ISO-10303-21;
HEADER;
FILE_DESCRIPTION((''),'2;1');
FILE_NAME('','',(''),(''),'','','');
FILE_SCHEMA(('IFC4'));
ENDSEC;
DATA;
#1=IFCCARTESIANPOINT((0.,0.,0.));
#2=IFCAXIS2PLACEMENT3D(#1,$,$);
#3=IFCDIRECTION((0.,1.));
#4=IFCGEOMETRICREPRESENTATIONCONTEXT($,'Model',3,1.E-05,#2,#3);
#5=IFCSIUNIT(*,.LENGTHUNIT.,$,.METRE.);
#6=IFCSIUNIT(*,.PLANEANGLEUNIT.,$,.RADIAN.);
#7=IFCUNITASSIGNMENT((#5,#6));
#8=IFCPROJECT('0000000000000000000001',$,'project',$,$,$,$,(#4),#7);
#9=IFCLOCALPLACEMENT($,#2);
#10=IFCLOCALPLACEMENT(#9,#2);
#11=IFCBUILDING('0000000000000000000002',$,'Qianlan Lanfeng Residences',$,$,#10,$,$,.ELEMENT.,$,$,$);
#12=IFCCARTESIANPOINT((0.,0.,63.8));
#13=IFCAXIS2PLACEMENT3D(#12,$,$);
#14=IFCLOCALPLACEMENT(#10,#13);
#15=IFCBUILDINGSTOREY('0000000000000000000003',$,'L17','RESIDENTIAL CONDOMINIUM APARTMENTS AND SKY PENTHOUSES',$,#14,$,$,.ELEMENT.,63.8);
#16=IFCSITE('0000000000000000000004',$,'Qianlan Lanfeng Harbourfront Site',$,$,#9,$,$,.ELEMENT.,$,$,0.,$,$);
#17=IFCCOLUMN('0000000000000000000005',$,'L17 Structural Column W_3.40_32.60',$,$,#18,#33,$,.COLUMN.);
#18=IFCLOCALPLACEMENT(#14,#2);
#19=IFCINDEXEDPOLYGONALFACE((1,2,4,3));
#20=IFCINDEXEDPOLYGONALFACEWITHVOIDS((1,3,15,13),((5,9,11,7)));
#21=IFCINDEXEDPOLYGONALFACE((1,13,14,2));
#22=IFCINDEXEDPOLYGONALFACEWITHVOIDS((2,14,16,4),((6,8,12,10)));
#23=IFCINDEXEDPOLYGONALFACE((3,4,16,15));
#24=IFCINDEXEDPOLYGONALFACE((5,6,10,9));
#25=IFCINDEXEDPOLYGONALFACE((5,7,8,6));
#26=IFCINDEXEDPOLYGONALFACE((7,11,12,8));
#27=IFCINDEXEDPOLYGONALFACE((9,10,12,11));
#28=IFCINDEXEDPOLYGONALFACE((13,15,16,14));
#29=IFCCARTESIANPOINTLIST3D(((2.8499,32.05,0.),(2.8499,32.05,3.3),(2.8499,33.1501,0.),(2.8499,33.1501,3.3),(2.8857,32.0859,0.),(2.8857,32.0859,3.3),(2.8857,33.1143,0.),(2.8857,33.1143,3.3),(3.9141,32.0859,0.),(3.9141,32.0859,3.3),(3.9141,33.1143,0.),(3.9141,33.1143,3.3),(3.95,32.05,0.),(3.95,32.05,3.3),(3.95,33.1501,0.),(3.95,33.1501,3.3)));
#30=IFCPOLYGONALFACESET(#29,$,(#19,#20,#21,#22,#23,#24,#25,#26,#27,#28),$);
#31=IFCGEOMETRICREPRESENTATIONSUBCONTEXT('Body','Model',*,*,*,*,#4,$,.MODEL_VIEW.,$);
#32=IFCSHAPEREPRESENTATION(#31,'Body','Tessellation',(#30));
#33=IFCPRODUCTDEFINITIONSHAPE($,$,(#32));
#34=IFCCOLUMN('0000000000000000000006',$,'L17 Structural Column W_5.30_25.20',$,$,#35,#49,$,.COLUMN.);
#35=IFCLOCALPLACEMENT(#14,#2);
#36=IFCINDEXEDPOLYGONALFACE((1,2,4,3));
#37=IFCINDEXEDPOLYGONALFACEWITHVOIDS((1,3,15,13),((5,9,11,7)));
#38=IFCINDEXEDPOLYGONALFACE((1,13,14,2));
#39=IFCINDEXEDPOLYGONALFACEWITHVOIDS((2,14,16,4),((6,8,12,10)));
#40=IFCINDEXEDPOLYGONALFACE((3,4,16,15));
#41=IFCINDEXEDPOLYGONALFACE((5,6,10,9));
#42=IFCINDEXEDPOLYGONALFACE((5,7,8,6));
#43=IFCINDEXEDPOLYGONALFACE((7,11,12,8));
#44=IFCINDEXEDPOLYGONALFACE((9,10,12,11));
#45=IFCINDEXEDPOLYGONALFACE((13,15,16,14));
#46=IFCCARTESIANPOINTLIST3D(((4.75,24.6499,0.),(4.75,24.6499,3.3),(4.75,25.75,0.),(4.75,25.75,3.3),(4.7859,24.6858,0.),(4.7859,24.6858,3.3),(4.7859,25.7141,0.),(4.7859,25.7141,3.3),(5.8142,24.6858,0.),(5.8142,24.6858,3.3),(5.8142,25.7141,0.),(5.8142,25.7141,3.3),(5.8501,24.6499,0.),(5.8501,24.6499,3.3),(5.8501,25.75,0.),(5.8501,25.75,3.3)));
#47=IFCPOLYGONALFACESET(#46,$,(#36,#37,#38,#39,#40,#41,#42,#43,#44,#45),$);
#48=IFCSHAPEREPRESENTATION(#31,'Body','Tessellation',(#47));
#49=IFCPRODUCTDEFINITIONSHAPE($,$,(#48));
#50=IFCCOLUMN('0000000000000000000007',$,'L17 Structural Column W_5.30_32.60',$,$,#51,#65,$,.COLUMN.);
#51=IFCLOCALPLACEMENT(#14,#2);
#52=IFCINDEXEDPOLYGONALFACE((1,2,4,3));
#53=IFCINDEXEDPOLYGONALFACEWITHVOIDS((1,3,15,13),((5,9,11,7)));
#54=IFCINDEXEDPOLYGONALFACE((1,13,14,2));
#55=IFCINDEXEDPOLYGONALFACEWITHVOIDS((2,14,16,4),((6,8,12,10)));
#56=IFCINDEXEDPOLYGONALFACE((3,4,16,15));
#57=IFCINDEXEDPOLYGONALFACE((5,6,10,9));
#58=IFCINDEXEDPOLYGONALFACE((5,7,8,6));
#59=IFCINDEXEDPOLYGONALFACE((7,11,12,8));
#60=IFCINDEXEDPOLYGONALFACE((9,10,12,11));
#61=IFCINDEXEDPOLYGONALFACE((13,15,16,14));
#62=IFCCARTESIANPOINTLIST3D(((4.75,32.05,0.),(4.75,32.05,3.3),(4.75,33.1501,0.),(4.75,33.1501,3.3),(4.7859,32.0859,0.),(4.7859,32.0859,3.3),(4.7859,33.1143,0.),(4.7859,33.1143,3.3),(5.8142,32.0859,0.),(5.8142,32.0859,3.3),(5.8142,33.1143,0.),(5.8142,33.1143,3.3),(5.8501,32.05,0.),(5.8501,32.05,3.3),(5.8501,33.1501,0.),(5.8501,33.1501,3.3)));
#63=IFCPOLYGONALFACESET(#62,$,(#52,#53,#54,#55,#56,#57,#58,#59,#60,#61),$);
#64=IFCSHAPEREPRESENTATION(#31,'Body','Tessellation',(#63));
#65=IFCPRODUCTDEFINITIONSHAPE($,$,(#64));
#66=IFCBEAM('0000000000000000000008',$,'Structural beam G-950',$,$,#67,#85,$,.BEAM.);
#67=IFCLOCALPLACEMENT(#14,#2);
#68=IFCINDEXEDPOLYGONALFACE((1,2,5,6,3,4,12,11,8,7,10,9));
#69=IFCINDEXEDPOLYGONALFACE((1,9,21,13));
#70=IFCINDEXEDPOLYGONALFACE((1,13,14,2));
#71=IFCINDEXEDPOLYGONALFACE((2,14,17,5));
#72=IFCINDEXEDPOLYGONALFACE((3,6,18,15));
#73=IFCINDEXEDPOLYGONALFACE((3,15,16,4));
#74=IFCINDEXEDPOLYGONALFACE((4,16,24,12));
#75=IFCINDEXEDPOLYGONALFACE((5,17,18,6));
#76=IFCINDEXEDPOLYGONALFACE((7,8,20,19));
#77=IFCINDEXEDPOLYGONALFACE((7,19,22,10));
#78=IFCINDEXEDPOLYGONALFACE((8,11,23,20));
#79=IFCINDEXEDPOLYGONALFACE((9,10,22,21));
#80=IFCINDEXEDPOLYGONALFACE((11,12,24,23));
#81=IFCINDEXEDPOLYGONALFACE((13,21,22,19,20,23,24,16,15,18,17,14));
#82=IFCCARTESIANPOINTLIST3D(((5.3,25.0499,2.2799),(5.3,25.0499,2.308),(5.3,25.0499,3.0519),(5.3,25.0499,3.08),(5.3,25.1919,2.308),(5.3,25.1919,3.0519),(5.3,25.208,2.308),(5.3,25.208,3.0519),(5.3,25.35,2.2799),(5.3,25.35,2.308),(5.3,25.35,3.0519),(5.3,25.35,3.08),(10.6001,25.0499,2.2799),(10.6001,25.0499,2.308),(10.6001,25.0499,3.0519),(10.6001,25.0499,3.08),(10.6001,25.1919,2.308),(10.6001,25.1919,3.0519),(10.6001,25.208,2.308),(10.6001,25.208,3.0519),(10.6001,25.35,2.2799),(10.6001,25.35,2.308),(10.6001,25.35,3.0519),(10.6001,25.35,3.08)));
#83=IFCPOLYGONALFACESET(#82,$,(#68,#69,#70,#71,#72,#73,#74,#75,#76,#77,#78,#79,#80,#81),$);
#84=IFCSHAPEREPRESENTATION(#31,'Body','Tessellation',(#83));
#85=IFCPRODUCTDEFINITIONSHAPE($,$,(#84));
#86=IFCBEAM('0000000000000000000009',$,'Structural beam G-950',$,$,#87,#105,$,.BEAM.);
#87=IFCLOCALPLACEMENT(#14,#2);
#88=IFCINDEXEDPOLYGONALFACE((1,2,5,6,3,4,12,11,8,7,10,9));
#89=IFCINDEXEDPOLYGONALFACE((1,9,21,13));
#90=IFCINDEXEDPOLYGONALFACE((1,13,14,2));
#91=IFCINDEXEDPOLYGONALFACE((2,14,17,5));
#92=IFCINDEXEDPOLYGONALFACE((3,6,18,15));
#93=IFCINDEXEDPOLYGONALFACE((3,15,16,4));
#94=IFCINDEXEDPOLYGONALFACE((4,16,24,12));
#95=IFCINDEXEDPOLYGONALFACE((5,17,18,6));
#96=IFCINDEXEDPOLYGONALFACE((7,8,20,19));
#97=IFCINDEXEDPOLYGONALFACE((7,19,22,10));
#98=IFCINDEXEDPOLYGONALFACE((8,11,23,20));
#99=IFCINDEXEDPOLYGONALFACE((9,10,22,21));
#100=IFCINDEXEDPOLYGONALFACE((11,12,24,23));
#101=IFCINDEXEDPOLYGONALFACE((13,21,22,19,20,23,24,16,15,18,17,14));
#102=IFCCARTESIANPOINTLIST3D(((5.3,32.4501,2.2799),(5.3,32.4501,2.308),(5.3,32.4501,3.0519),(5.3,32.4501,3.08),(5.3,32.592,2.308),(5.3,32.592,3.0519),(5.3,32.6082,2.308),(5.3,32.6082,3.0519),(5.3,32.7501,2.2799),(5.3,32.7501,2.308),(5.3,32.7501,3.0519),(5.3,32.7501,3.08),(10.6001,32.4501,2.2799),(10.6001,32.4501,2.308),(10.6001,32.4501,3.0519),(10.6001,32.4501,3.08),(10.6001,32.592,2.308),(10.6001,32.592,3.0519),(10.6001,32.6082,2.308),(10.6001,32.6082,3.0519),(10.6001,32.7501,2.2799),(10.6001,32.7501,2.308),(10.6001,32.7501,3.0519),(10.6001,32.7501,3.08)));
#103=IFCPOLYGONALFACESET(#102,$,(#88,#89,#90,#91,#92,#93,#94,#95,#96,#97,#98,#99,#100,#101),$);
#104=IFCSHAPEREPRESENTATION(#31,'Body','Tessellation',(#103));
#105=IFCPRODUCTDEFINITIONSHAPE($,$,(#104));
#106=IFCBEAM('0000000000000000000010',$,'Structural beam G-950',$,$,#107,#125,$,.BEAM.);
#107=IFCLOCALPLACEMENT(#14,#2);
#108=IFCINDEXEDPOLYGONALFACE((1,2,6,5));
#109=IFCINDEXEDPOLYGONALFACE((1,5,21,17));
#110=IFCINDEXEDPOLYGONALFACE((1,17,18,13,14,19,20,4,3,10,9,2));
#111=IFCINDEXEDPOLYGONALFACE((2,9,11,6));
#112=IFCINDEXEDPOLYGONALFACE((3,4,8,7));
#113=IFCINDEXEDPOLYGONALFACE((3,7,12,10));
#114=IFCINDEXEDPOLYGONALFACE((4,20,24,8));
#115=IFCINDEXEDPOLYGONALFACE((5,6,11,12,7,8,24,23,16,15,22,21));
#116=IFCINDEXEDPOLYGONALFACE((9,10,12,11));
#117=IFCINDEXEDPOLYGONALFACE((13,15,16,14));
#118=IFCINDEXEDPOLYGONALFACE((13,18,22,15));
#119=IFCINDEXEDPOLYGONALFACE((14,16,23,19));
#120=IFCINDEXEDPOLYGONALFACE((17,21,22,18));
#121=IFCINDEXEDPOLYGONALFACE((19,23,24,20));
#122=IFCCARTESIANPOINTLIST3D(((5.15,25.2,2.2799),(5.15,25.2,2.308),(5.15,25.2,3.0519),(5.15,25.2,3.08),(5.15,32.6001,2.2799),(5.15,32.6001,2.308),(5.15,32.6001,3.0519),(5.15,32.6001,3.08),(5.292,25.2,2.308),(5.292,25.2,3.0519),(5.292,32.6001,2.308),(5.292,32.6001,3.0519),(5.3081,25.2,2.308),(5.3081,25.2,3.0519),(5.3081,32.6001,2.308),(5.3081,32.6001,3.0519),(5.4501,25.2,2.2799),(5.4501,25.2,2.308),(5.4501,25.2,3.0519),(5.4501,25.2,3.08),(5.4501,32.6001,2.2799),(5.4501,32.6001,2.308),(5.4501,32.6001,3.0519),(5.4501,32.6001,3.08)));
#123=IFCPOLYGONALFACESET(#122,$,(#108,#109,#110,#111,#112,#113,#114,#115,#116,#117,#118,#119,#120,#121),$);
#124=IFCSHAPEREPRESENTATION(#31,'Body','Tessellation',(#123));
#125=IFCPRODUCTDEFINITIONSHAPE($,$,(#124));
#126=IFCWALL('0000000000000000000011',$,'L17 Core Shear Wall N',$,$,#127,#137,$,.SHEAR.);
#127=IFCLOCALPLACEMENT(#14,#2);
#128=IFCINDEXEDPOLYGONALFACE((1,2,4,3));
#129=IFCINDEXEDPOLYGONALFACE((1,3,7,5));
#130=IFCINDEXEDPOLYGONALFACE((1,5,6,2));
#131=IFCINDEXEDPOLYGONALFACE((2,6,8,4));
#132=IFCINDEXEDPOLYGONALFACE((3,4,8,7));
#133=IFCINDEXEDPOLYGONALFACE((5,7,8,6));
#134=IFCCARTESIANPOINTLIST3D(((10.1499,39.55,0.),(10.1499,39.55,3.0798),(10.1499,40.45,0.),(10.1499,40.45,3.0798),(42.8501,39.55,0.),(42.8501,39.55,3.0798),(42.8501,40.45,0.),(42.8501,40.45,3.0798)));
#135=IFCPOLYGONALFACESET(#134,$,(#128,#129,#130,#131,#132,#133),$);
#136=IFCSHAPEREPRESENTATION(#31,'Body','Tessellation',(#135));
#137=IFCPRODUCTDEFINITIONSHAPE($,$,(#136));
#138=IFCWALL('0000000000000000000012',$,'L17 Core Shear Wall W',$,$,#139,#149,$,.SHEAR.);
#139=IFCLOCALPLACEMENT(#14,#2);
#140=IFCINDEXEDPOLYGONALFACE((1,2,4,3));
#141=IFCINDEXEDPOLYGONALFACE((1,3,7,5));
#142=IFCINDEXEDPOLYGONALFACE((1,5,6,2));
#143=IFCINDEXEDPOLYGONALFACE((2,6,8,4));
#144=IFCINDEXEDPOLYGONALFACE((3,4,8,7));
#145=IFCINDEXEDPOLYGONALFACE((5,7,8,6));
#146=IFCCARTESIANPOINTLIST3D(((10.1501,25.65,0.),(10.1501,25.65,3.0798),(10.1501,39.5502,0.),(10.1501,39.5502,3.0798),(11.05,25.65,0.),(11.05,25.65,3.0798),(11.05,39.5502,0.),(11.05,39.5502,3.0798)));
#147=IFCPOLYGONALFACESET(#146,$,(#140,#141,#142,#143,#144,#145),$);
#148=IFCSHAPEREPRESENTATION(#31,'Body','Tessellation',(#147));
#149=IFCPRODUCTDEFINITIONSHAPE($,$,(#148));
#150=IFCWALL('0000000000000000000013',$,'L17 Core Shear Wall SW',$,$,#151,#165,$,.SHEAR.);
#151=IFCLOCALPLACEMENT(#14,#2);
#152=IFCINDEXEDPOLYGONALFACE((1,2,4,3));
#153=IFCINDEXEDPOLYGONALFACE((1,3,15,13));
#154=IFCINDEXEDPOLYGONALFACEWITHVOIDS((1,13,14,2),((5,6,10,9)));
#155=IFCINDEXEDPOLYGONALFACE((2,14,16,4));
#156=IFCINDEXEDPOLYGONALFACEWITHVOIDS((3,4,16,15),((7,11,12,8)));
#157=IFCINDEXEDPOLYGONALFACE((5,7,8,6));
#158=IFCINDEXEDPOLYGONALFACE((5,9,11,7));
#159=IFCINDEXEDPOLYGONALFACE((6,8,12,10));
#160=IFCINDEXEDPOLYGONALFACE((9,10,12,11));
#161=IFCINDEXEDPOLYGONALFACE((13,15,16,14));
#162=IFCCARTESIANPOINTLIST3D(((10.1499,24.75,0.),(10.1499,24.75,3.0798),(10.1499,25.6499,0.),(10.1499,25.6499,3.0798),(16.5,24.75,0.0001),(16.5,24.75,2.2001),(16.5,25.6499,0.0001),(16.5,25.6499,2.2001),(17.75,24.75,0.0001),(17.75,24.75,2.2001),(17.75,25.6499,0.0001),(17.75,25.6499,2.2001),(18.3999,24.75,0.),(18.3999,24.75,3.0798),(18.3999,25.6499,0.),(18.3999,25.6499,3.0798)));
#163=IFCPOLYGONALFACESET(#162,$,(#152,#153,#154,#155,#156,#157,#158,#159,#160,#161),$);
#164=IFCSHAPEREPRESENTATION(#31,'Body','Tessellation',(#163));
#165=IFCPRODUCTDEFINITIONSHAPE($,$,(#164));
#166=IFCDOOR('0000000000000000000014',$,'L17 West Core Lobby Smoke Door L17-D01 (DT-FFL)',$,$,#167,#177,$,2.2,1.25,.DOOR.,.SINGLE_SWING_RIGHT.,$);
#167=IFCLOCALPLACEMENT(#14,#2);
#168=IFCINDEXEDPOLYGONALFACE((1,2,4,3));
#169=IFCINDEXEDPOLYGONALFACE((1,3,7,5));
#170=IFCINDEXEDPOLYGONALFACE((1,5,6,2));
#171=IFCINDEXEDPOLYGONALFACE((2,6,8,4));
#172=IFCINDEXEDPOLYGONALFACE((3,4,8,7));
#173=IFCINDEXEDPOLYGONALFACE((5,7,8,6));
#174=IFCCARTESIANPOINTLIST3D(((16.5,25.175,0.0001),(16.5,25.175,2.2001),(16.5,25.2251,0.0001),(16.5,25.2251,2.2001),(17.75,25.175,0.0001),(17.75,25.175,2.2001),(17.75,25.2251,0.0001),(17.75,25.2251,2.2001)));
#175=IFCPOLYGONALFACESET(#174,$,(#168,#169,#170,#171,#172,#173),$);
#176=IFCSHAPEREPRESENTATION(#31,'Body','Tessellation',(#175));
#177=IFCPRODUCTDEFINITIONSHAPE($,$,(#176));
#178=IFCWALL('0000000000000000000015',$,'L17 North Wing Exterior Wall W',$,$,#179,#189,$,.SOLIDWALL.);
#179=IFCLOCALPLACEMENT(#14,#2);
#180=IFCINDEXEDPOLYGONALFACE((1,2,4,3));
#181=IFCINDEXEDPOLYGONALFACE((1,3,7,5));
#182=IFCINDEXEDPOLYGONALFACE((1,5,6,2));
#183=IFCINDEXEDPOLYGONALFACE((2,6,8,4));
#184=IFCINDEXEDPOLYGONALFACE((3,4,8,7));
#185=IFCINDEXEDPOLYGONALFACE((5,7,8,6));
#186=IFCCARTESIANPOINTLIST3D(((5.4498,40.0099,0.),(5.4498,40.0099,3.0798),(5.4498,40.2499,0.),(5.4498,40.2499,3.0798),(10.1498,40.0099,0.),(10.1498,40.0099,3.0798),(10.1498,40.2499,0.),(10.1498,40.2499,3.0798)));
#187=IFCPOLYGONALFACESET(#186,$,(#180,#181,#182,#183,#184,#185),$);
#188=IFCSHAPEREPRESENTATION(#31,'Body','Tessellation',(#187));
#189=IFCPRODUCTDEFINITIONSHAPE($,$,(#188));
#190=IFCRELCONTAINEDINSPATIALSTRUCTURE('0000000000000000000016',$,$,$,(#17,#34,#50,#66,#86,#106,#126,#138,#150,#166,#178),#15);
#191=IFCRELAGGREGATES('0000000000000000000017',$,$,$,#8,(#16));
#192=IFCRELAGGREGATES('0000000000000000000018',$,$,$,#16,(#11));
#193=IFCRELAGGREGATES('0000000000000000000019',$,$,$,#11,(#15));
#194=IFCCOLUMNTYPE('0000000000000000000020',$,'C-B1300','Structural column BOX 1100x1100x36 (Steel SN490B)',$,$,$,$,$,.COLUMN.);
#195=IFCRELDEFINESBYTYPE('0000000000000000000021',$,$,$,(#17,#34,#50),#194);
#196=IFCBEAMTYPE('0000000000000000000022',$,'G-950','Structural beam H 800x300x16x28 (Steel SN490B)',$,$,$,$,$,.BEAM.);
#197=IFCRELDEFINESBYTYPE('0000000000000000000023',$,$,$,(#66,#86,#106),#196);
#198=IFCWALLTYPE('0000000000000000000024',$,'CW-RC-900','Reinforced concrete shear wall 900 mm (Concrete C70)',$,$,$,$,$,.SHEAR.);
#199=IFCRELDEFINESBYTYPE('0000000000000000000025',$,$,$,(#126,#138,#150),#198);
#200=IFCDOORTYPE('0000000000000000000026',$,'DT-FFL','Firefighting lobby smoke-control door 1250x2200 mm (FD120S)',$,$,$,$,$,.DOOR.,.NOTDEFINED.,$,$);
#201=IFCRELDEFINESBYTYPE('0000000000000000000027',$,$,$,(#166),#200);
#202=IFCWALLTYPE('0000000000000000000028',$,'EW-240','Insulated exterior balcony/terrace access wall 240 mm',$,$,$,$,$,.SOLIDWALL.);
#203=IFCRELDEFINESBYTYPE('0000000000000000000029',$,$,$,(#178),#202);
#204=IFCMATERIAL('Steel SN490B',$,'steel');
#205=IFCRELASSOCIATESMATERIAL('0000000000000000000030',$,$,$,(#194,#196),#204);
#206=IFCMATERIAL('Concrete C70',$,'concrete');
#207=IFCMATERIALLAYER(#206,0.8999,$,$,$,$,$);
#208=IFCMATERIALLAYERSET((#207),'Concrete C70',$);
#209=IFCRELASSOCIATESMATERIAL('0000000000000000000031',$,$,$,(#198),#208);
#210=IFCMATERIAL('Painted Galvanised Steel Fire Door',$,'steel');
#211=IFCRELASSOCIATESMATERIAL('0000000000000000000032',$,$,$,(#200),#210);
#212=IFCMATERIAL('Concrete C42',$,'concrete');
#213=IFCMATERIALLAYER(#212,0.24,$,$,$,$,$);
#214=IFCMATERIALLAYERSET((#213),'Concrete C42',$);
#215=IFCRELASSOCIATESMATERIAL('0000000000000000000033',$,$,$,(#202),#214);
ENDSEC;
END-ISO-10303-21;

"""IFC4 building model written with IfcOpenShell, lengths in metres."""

from ifc_helpers import new_model, si_unit, direction, frame, frame_2d, origin, origin_2d, place, context, subcontext, project, spatial, rectangle, hollow_rectangle, i_section, extrude, material, layer, layer_set, material_profile, profile_set, type_object, element, fill, save


model = new_model("IFC4")

# Units and contexts
model_context = context("Model", 3, precision=1e-05, world=origin(), true_north=direction((0.0, 1.0)))
body_context = subcontext(model_context, "Body", "Model", "MODEL_VIEW")
ifc_project = project(units=[si_unit("LENGTHUNIT", "METRE"), si_unit("PLANEANGLEUNIT", "RADIAN")], contexts=[model_context])

# Site, building, storey
site_placement = place(None, origin())
site = spatial("IfcSite", under=ifc_project, at=site_placement, Name="Qianlan Lanfeng Harbourfront Site", CompositionType="ELEMENT", RefElevation=0.0)
building_placement = place(site_placement, origin())
building = spatial("IfcBuilding", under=site, at=building_placement, Name="Qianlan Lanfeng Residences", CompositionType="ELEMENT")
storey_placement = place(building_placement, frame((0.0, 0.0, 63.8)))
storey = spatial("IfcBuildingStorey", under=building, at=storey_placement, Name="L17", Description="RESIDENTIAL CONDOMINIUM APARTMENTS AND SKY PENTHOUSES", CompositionType="ELEMENT", Elevation=63.8)

# Columns
ifc_material_1 = material(Name="Steel SN490B", Category="steel")
ifc_material_profile_1 = material_profile(ifc_material_1, hollow_rectangle(XDim=1.1001, YDim=1.1001, WallThickness=0.0359, at=origin_2d()), Name="BOX 1100x1100x36")
ifc_profile_set_1 = profile_set([ifc_material_profile_1], Name="Steel SN490B")
column_type = type_object("IfcColumnType", Name="C-B1300", Description="Structural column BOX 1100x1100x36 (Steel SN490B)", PredefinedType="COLUMN", material=ifc_profile_set_1)
for number, where, z_axis, x_axis, name in (
    (1, (3.3999, 32.6001, 0.0), (0.0, 0.0, 1.0), (1.0, 0.0, 0.0), "L17 Structural Column W_3.40_32.60"),
    (2, (5.3, 25.2, 0.0), (0.0, 0.0, 1.0), (1.0, 0.0, 0.0), "L17 Structural Column W_5.30_25.20"),
    (3, (5.3, 32.6001, 0.0), (0.0, 0.0, 1.0), (1.0, 0.0, 0.0), "L17 Structural Column W_5.30_32.60"),
):
    element("IfcColumn", number, at=place(storey_placement, frame(where, z_axis=z_axis, x_axis=x_axis)), inside=storey, type_object=column_type, Name=name, PredefinedType="COLUMN", context=body_context, shape_type="SweptSolid", body=[
        extrude(hollow_rectangle(XDim=1.1001, YDim=1.1001, WallThickness=0.0359, at=origin_2d()), origin(), (0.0, 0.0, 1.0), 3.3),
    ])

# Beams
ifc_material_profile_2 = material_profile(ifc_material_1, i_section(OverallWidth=0.3, OverallDepth=0.8, WebThickness=0.0161, FlangeThickness=0.0281, at=origin_2d()), Name="H 800x300x16x28")
ifc_profile_set_2 = profile_set([ifc_material_profile_2], Name="Steel SN490B")
beam_type = type_object("IfcBeamType", Name="G-950", Description="Structural beam H 800x300x16x28 (Steel SN490B)", PredefinedType="BEAM", material=ifc_profile_set_2)
for number, where, z_axis, x_axis, name in (
    (4, (5.3, 25.2, 2.6799), (1.0, 0.0, 0.0), (0.0, 1.0, 0.0), "Structural beam G-950"),
    (5, (5.3, 32.6001, 2.6799), (1.0, 0.0, 0.0), (0.0, 1.0, 0.0), "Structural beam G-950"),
):
    element("IfcBeam", number, at=place(storey_placement, frame(where, z_axis=z_axis, x_axis=x_axis)), inside=storey, type_object=beam_type, Name=name, PredefinedType="BEAM", context=body_context, shape_type="SweptSolid", body=[
        extrude(i_section(OverallWidth=0.3, OverallDepth=0.8, WebThickness=0.0161, FlangeThickness=0.0281, at=origin_2d()), origin(), (0.0, 0.0, 1.0), 5.3),
    ])
beam_placement = place(storey_placement, frame((5.3, 25.2, 2.6799), z_axis=(0.0, 1.0, 0.0), x_axis=(-1.0, 0.0, 0.0)))
element("IfcBeam", 6, at=beam_placement, inside=storey, type_object=beam_type, Name="Structural beam G-950", PredefinedType="BEAM", context=body_context, shape_type="SweptSolid", body=[
    extrude(i_section(OverallWidth=0.3, OverallDepth=0.8, WebThickness=0.0161, FlangeThickness=0.0281, at=origin_2d()), origin(), (0.0, 0.0, 1.0), 7.4001),
])

# Walls
ifc_material_2 = material(Name="Concrete C70", Category="concrete")
ifc_layer_1 = layer(ifc_material_2, 0.8999)
ifc_layer_set_1 = layer_set([ifc_layer_1], Name="Concrete C70")
wall_type_1 = type_object("IfcWallType", Name="CW-RC-900", Description="Reinforced concrete shear wall 900 mm (Concrete C70)", PredefinedType="SHEAR", material=ifc_layer_set_1)
wall_1_placement = place(storey_placement, frame((10.1499, 40.0, 0.0), z_axis=(0.0, 0.0, 1.0), x_axis=(1.0, 0.0, 0.0)))
element("IfcWall", 7, at=wall_1_placement, inside=storey, type_object=wall_type_1, Name="L17 Core Shear Wall N", PredefinedType="SHEAR", context=body_context, shape_type="SweptSolid", body=[
    extrude(rectangle(XDim=32.7002, YDim=0.8999, at=frame_2d((16.3501, 0.0))), origin(), (0.0, 0.0, 1.0), 3.0798),
])
wall_2_placement = place(storey_placement, frame((10.6001, 25.6499, 0.0), z_axis=(0.0, 0.0, 1.0), x_axis=(0.0, 1.0, 0.0)))
element("IfcWall", 8, at=wall_2_placement, inside=storey, type_object=wall_type_1, Name="L17 Core Shear Wall W", PredefinedType="SHEAR", context=body_context, shape_type="SweptSolid", body=[
    extrude(rectangle(XDim=13.9001, YDim=0.8999, at=frame_2d((6.9502, 0.0))), origin(), (0.0, 0.0, 1.0), 3.0798),
])

# Wall, opening, door
wall_3_placement = place(storey_placement, frame((10.1499, 25.2, 0.0), z_axis=(0.0, 0.0, 1.0), x_axis=(1.0, 0.0, 0.0)))
wall_3 = element("IfcWall", 9, at=wall_3_placement, inside=storey, type_object=wall_type_1, Name="L17 Core Shear Wall SW", PredefinedType="SHEAR", context=body_context, shape_type="SweptSolid", body=[
    extrude(rectangle(XDim=8.25, YDim=0.8999, at=frame_2d((4.125, 0.0))), origin(), (0.0, 0.0, 1.0), 3.0798),
])
opening_1_placement = place(wall_3_placement, frame((6.3501, 0.0, 0.0)))
opening_1 = element("IfcOpeningElement", 10, at=opening_1_placement, cuts=wall_3, PredefinedType="OPENING", context=body_context, shape_type="SweptSolid", body=[
    extrude(rectangle(XDim=1.25, YDim=2.2, at=frame_2d((0.625, 1.1001))), frame((0.0, 0.46, 0.0), z_axis=(0.0, -1.0, 0.0), x_axis=(1.0, 0.0, 0.0)), (0.0, 0.0, 1.0), 0.9199),
])
ifc_material_3 = material(Name="Painted Galvanised Steel Fire Door", Category="steel")
door_type_1 = type_object("IfcDoorType", Name="DT-FFL", Description="Firefighting lobby smoke-control door 1250x2200 mm (FD120S)", OperationType="NOTDEFINED", PredefinedType="DOOR", material=ifc_material_3)
door_1_placement = place(opening_1_placement, frame((1.25, 0.0, 0.0), z_axis=(0.0, 0.0, 1.0), x_axis=(-1.0, 0.0, 0.0)))
door_1 = element("IfcDoor", 11, at=door_1_placement, inside=storey, type_object=door_type_1, Name="L17 West Core Lobby Smoke Door L17-D01 (DT-FFL)", OperationType="SINGLE_SWING_RIGHT", OverallHeight=2.2, OverallWidth=1.25, PredefinedType="DOOR", context=body_context, shape_type="SweptSolid", body=[
    extrude(rectangle(XDim=1.25, YDim=2.2, at=frame_2d((0.625, 1.1001))), frame((0.0, 0.0249, 0.0), z_axis=(0.0, -1.0, 0.0), x_axis=(1.0, 0.0, 0.0)), (0.0, 0.0, 1.0), 0.05),
])
fill(opening_1, door_1)

# Wall
ifc_material_4 = material(Name="Concrete C42", Category="concrete")
ifc_layer_2 = layer(ifc_material_4, 0.24)
ifc_layer_set_2 = layer_set([ifc_layer_2], Name="Concrete C42")
wall_type_2 = type_object("IfcWallType", Name="EW-240", Description="Insulated exterior balcony/terrace access wall 240 mm", PredefinedType="SOLIDWALL", material=ifc_layer_set_2)
wall_4_placement = place(storey_placement, frame((10.1499, 40.1299, 0.0), z_axis=(0.0, 0.0, 1.0), x_axis=(-1.0, 0.0, 0.0)))
element("IfcWall", 12, at=wall_4_placement, inside=storey, type_object=wall_type_2, Name="L17 North Wing Exterior Wall W", PredefinedType="SOLIDWALL", context=body_context, shape_type="SweptSolid", body=[
    extrude(rectangle(XDim=4.7, YDim=0.24, at=frame_2d((2.3501, 0.0))), origin(), (0.0, 0.0, 1.0), 3.0798),
])

save(model, "model.ifc")
